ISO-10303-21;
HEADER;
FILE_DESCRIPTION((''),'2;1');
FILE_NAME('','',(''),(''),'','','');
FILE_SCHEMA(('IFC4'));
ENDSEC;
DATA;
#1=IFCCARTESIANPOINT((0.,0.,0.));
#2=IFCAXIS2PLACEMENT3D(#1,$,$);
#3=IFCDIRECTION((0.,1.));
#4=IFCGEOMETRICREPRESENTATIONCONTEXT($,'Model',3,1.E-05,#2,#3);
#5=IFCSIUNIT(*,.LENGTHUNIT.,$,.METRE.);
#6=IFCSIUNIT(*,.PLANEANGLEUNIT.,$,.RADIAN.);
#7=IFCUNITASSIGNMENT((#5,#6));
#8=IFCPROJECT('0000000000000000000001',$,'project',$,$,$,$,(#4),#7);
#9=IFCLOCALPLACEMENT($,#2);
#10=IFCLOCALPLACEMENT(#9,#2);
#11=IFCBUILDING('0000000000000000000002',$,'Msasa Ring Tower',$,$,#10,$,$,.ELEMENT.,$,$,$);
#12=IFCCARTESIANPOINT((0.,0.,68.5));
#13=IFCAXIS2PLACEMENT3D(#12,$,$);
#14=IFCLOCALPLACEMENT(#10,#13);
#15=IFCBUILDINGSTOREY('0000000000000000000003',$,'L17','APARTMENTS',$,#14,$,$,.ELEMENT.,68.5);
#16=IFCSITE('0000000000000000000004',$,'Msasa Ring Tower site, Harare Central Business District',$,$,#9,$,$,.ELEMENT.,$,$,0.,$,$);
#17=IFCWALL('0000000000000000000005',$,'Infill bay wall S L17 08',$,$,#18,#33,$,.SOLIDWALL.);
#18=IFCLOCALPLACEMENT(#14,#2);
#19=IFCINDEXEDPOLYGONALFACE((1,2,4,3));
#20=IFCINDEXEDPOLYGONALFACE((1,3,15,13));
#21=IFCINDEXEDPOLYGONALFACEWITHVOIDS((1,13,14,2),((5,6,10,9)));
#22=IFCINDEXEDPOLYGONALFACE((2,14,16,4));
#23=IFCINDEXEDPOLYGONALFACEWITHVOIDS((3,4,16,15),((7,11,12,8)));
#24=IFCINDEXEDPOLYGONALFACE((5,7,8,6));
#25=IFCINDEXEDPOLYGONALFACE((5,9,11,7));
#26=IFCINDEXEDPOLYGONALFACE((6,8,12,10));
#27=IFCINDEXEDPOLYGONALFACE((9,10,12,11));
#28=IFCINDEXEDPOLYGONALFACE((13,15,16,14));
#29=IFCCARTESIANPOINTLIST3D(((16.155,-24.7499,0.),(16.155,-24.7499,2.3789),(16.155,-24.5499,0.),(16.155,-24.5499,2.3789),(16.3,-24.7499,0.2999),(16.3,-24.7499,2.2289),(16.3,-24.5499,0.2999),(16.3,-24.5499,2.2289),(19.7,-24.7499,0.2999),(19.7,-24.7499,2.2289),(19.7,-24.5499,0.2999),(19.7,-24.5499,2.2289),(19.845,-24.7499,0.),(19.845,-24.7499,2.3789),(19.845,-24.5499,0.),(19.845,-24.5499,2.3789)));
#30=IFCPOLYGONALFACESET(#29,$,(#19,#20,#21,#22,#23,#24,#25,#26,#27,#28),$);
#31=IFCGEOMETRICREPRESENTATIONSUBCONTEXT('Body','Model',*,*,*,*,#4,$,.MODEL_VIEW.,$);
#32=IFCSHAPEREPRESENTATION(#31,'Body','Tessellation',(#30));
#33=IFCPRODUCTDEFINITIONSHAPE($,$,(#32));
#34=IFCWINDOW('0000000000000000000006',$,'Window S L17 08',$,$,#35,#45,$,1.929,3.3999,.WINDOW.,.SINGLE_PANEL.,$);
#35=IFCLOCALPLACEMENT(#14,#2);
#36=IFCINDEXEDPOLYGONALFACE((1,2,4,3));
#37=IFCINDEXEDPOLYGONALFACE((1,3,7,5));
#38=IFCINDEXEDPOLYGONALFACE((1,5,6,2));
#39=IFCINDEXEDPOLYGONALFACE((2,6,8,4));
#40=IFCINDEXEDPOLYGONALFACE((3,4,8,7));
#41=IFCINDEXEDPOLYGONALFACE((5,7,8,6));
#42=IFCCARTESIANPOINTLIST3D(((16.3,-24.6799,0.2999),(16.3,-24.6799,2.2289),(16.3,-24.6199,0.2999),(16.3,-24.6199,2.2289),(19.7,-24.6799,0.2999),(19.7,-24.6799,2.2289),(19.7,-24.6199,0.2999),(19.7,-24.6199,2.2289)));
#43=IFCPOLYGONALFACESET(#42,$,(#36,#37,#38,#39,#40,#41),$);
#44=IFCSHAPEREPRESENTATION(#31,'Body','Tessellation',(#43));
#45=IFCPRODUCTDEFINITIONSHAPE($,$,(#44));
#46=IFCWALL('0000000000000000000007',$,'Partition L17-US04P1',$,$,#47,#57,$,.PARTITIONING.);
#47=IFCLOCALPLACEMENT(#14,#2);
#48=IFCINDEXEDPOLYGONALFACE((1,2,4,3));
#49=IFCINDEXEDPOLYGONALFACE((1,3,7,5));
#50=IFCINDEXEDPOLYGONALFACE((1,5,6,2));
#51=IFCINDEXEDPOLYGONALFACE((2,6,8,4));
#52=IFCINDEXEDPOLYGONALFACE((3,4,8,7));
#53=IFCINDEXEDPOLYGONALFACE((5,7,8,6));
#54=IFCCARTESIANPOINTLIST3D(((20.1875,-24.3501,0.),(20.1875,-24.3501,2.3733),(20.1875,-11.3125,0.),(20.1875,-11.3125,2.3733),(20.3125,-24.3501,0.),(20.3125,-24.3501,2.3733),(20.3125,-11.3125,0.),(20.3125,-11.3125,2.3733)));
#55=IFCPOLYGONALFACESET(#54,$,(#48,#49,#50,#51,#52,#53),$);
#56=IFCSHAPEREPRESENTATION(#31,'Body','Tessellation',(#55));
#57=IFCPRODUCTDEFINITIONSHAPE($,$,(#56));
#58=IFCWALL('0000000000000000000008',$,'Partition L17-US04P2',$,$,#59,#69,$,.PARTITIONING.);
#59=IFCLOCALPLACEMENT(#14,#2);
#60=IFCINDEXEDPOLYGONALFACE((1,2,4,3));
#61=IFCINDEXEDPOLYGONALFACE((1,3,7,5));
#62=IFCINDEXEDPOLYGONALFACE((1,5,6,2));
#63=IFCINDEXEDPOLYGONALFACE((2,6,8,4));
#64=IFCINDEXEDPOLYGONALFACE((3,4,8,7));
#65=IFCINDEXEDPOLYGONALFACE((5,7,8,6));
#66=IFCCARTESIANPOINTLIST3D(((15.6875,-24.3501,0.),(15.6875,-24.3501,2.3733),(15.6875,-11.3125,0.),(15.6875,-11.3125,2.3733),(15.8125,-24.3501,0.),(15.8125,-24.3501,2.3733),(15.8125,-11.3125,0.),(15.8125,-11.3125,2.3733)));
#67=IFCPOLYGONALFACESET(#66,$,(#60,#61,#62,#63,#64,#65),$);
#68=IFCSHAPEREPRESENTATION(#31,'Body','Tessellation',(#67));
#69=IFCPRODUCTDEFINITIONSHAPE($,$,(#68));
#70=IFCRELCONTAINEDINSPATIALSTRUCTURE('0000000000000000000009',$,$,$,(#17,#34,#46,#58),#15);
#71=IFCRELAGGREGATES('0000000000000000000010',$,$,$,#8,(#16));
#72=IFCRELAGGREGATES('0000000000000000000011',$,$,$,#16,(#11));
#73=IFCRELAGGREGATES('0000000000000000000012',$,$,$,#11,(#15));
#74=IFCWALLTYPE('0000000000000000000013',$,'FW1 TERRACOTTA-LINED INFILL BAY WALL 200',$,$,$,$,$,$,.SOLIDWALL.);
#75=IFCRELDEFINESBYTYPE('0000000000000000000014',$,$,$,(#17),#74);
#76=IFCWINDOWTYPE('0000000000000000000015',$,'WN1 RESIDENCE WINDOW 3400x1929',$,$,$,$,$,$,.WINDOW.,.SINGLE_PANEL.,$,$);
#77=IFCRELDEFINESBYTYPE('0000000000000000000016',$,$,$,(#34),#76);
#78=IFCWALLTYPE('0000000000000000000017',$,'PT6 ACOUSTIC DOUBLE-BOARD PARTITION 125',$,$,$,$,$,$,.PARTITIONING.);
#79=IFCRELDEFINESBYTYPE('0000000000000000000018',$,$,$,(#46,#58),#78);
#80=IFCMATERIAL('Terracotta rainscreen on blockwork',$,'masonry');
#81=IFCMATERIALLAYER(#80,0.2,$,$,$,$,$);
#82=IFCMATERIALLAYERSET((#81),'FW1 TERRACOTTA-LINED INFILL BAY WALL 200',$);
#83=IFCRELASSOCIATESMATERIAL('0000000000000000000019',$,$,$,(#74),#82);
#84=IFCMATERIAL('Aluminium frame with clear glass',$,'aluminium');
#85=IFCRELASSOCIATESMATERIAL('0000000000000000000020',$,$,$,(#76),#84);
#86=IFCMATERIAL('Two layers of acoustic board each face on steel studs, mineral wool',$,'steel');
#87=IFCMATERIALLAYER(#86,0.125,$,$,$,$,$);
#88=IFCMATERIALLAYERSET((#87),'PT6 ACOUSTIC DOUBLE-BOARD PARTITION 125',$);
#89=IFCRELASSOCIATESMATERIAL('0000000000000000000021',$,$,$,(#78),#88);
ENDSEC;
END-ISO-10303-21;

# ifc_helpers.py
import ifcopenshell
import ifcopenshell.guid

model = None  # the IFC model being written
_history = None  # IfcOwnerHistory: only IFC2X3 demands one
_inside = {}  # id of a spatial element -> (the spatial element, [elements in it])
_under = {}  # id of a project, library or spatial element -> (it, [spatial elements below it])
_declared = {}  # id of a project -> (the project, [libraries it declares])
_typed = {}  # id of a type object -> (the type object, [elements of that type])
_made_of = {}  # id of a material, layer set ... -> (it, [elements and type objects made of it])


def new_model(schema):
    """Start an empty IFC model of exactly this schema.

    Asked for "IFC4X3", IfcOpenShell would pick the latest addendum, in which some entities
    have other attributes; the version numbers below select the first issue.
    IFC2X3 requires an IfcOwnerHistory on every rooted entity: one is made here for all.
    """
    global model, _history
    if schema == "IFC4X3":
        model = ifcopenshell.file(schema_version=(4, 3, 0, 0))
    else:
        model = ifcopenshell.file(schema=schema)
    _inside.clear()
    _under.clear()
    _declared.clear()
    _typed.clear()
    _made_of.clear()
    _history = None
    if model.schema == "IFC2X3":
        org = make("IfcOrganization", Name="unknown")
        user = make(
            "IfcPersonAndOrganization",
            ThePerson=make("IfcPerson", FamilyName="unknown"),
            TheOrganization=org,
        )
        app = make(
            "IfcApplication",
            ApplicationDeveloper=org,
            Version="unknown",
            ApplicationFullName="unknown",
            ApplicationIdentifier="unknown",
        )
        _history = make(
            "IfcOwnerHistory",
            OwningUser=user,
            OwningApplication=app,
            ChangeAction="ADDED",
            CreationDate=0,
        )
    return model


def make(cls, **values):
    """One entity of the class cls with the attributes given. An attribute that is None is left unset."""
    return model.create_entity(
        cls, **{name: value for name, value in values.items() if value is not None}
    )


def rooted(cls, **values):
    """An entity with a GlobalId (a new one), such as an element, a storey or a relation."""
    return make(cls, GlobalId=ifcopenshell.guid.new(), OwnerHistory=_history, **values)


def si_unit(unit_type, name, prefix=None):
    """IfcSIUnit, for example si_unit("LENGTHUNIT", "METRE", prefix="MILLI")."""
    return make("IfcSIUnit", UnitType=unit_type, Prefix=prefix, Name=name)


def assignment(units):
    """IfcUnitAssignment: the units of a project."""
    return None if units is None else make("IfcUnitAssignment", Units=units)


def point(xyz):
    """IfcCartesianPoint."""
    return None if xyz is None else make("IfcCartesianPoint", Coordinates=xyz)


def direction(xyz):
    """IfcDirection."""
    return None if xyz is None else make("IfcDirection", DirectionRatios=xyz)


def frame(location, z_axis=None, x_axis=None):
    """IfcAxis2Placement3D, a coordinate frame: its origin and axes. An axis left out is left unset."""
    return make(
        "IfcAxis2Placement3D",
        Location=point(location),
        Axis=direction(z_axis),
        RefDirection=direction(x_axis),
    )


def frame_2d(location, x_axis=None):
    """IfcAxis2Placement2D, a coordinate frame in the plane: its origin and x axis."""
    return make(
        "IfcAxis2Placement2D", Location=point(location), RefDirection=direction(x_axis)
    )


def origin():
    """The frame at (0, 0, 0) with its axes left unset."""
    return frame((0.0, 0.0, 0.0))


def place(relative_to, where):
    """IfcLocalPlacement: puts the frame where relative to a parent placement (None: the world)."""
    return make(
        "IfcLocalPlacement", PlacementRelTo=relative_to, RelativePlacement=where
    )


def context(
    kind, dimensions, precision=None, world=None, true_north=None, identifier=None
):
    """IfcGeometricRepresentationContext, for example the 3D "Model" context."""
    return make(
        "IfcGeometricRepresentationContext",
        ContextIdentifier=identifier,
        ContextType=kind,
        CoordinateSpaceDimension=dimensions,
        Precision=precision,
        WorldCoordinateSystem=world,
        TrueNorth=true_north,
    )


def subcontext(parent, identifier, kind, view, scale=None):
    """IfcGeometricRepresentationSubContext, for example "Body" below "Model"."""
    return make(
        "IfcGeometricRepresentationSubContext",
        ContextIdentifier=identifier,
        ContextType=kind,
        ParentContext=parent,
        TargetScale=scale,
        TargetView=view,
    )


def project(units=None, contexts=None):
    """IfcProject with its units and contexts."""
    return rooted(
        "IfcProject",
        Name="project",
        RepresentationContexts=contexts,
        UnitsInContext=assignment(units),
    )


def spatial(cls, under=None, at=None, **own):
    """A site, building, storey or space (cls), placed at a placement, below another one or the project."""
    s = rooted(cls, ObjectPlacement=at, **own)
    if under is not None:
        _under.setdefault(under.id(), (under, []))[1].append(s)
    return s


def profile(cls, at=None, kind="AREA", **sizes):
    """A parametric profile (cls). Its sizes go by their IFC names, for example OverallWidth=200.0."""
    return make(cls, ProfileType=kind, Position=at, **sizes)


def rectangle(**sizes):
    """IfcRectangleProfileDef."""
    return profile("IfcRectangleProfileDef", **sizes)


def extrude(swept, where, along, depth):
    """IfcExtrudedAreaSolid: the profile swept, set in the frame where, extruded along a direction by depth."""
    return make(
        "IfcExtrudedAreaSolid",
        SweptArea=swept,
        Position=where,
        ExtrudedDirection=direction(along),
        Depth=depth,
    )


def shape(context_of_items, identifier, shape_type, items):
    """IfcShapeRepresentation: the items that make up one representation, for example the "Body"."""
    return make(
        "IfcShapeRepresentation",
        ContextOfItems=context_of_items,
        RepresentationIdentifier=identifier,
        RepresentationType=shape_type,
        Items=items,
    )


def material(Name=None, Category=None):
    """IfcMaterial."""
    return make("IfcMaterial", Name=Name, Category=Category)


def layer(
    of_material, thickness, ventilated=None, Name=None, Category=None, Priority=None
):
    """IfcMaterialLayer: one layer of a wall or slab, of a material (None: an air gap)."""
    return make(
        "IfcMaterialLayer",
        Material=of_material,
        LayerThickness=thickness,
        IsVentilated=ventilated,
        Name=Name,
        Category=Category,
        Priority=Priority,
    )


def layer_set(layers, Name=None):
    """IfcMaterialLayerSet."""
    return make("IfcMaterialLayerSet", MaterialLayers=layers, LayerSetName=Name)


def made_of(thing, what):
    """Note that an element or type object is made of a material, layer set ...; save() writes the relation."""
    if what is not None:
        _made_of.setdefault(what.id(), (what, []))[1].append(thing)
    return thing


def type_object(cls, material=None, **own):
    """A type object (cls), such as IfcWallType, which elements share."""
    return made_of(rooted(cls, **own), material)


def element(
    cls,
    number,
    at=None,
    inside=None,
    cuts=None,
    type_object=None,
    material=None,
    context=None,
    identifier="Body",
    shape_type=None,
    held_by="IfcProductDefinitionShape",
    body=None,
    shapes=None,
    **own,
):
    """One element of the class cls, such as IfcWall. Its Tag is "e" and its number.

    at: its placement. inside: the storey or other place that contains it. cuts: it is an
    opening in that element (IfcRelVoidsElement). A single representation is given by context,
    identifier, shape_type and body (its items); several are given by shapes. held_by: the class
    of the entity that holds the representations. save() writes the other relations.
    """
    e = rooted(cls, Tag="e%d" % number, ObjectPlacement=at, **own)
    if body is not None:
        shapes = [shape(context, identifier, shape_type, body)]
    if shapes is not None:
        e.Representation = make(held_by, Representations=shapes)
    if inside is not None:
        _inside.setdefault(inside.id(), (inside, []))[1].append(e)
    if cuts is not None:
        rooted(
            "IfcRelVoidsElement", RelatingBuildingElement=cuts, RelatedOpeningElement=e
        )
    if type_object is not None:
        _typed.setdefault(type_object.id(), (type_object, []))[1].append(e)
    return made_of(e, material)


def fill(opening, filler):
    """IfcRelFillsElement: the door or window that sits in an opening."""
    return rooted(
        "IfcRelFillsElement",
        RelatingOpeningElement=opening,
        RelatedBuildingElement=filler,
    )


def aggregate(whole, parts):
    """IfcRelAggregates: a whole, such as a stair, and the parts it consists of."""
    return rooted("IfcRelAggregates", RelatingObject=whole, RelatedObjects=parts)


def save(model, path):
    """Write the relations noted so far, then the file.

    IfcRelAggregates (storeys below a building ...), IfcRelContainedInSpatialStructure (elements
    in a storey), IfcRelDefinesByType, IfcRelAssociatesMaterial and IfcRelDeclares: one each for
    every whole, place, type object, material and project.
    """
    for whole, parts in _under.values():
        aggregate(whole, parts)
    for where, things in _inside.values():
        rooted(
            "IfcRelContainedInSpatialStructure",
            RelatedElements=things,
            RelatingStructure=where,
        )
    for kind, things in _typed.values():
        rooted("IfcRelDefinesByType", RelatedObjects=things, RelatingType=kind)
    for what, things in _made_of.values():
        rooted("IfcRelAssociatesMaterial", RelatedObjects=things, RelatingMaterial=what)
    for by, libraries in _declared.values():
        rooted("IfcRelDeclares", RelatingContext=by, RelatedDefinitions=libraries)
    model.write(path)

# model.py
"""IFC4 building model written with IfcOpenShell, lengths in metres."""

from ifc_helpers import new_model, si_unit, direction, frame, frame_2d, origin, place, context, subcontext, project, spatial, rectangle, extrude, material, layer, layer_set, type_object, element, fill, save


model = new_model("IFC4")

# Units and contexts
model_context = context("Model", 3, precision=1e-05, world=origin(), true_north=direction((0.0, 1.0)))
body_context = subcontext(model_context, "Body", "Model", "MODEL_VIEW")
ifc_project = project(units=[si_unit("LENGTHUNIT", "METRE"), si_unit("PLANEANGLEUNIT", "RADIAN")], contexts=[model_context])

# Site, building, storey
site_placement = place(None, origin())
site = spatial("IfcSite", under=ifc_project, at=site_placement, Name="Msasa Ring Tower site, Harare Central Business District", CompositionType="ELEMENT", RefElevation=0.0)
building_placement = place(site_placement, origin())
building = spatial("IfcBuilding", under=site, at=building_placement, Name="Msasa Ring Tower", CompositionType="ELEMENT")
storey_placement = place(building_placement, frame((0.0, 0.0, 68.5)))
storey = spatial("IfcBuildingStorey", under=building, at=storey_placement, Name="L17", Description="APARTMENTS", CompositionType="ELEMENT", Elevation=68.5)

# Wall, opening, window
ifc_material_1 = material(Name="Terracotta rainscreen on blockwork", Category="masonry")
ifc_layer_1 = layer(ifc_material_1, 0.2)
ifc_layer_set_1 = layer_set([ifc_layer_1], Name="FW1 TERRACOTTA-LINED INFILL BAY WALL 200")
wall_type_1 = type_object("IfcWallType", Name="FW1 TERRACOTTA-LINED INFILL BAY WALL 200", PredefinedType="SOLIDWALL", material=ifc_layer_set_1)
wall_placement = place(storey_placement, frame((16.155, -24.6499, 0.0), z_axis=(0.0, 0.0, 1.0), x_axis=(1.0, 0.0, 0.0)))
wall = element("IfcWall", 1, at=wall_placement, inside=storey, type_object=wall_type_1, Name="Infill bay wall S L17 08", PredefinedType="SOLIDWALL", context=body_context, shape_type="SweptSolid", body=[
    extrude(rectangle(XDim=3.6899, YDim=0.2, at=frame_2d((1.845, 0.0))), origin(), (0.0, 0.0, 1.0), 2.3789),
])
opening_placement = place(wall_placement, frame((0.145, 0.0, 0.3)))
opening = element("IfcOpeningElement", 2, at=opening_placement, cuts=wall, PredefinedType="OPENING", context=body_context, shape_type="SweptSolid", body=[
    extrude(rectangle(XDim=3.3999, YDim=1.929, at=frame_2d((1.7, 0.9644))), frame((0.0, 0.1099, 0.0), z_axis=(0.0, -1.0, 0.0), x_axis=(1.0, 0.0, 0.0)), (0.0, 0.0, 1.0), 0.22),
])
ifc_material_2 = material(Name="Aluminium frame with clear glass", Category="aluminium")
window_type = type_object("IfcWindowType", Name="WN1 RESIDENCE WINDOW 3400x1929", PartitioningType="SINGLE_PANEL", PredefinedType="WINDOW", material=ifc_material_2)
window_placement = place(opening_placement, origin())
window = element("IfcWindow", 3, at=window_placement, inside=storey, type_object=window_type, Name="Window S L17 08", OverallHeight=1.929, OverallWidth=3.3999, PartitioningType="SINGLE_PANEL", PredefinedType="WINDOW", context=body_context, shape_type="SweptSolid", body=[
    extrude(rectangle(XDim=3.3999, YDim=1.929, at=frame_2d((1.7, 0.9644))), frame((0.0, 0.03, 0.0), z_axis=(0.0, -1.0, 0.0), x_axis=(1.0, 0.0, 0.0)), (0.0, 0.0, 1.0), 0.0601),
])
fill(opening, window)

# Walls
ifc_material_3 = material(Name="Two layers of acoustic board each face on steel studs, mineral wool", Category="steel")
ifc_layer_2 = layer(ifc_material_3, 0.125)
ifc_layer_set_2 = layer_set([ifc_layer_2], Name="PT6 ACOUSTIC DOUBLE-BOARD PARTITION 125")
wall_type_2 = type_object("IfcWallType", Name="PT6 ACOUSTIC DOUBLE-BOARD PARTITION 125", PredefinedType="PARTITIONING", material=ifc_layer_set_2)
for number, where, z_axis, x_axis, name in (
    (4, (20.25, -24.3501, 0.0), (0.0, 0.0, 1.0), (0.0, 1.0, 0.0), "Partition L17-US04P1"),
    (5, (15.75, -24.3501, 0.0), (0.0, 0.0, 1.0), (0.0, 1.0, 0.0), "Partition L17-US04P2"),
):
    element("IfcWall", number, at=place(storey_placement, frame(where, z_axis=z_axis, x_axis=x_axis)), inside=storey, type_object=wall_type_2, Name=name, PredefinedType="PARTITIONING", context=body_context, shape_type="SweptSolid", body=[
        extrude(rectangle(XDim=13.0376, YDim=0.125, at=frame_2d((6.5188, 0.0))), origin(), (0.0, 0.0, 1.0), 2.3733),
    ])

save(model, "model.ifc")
